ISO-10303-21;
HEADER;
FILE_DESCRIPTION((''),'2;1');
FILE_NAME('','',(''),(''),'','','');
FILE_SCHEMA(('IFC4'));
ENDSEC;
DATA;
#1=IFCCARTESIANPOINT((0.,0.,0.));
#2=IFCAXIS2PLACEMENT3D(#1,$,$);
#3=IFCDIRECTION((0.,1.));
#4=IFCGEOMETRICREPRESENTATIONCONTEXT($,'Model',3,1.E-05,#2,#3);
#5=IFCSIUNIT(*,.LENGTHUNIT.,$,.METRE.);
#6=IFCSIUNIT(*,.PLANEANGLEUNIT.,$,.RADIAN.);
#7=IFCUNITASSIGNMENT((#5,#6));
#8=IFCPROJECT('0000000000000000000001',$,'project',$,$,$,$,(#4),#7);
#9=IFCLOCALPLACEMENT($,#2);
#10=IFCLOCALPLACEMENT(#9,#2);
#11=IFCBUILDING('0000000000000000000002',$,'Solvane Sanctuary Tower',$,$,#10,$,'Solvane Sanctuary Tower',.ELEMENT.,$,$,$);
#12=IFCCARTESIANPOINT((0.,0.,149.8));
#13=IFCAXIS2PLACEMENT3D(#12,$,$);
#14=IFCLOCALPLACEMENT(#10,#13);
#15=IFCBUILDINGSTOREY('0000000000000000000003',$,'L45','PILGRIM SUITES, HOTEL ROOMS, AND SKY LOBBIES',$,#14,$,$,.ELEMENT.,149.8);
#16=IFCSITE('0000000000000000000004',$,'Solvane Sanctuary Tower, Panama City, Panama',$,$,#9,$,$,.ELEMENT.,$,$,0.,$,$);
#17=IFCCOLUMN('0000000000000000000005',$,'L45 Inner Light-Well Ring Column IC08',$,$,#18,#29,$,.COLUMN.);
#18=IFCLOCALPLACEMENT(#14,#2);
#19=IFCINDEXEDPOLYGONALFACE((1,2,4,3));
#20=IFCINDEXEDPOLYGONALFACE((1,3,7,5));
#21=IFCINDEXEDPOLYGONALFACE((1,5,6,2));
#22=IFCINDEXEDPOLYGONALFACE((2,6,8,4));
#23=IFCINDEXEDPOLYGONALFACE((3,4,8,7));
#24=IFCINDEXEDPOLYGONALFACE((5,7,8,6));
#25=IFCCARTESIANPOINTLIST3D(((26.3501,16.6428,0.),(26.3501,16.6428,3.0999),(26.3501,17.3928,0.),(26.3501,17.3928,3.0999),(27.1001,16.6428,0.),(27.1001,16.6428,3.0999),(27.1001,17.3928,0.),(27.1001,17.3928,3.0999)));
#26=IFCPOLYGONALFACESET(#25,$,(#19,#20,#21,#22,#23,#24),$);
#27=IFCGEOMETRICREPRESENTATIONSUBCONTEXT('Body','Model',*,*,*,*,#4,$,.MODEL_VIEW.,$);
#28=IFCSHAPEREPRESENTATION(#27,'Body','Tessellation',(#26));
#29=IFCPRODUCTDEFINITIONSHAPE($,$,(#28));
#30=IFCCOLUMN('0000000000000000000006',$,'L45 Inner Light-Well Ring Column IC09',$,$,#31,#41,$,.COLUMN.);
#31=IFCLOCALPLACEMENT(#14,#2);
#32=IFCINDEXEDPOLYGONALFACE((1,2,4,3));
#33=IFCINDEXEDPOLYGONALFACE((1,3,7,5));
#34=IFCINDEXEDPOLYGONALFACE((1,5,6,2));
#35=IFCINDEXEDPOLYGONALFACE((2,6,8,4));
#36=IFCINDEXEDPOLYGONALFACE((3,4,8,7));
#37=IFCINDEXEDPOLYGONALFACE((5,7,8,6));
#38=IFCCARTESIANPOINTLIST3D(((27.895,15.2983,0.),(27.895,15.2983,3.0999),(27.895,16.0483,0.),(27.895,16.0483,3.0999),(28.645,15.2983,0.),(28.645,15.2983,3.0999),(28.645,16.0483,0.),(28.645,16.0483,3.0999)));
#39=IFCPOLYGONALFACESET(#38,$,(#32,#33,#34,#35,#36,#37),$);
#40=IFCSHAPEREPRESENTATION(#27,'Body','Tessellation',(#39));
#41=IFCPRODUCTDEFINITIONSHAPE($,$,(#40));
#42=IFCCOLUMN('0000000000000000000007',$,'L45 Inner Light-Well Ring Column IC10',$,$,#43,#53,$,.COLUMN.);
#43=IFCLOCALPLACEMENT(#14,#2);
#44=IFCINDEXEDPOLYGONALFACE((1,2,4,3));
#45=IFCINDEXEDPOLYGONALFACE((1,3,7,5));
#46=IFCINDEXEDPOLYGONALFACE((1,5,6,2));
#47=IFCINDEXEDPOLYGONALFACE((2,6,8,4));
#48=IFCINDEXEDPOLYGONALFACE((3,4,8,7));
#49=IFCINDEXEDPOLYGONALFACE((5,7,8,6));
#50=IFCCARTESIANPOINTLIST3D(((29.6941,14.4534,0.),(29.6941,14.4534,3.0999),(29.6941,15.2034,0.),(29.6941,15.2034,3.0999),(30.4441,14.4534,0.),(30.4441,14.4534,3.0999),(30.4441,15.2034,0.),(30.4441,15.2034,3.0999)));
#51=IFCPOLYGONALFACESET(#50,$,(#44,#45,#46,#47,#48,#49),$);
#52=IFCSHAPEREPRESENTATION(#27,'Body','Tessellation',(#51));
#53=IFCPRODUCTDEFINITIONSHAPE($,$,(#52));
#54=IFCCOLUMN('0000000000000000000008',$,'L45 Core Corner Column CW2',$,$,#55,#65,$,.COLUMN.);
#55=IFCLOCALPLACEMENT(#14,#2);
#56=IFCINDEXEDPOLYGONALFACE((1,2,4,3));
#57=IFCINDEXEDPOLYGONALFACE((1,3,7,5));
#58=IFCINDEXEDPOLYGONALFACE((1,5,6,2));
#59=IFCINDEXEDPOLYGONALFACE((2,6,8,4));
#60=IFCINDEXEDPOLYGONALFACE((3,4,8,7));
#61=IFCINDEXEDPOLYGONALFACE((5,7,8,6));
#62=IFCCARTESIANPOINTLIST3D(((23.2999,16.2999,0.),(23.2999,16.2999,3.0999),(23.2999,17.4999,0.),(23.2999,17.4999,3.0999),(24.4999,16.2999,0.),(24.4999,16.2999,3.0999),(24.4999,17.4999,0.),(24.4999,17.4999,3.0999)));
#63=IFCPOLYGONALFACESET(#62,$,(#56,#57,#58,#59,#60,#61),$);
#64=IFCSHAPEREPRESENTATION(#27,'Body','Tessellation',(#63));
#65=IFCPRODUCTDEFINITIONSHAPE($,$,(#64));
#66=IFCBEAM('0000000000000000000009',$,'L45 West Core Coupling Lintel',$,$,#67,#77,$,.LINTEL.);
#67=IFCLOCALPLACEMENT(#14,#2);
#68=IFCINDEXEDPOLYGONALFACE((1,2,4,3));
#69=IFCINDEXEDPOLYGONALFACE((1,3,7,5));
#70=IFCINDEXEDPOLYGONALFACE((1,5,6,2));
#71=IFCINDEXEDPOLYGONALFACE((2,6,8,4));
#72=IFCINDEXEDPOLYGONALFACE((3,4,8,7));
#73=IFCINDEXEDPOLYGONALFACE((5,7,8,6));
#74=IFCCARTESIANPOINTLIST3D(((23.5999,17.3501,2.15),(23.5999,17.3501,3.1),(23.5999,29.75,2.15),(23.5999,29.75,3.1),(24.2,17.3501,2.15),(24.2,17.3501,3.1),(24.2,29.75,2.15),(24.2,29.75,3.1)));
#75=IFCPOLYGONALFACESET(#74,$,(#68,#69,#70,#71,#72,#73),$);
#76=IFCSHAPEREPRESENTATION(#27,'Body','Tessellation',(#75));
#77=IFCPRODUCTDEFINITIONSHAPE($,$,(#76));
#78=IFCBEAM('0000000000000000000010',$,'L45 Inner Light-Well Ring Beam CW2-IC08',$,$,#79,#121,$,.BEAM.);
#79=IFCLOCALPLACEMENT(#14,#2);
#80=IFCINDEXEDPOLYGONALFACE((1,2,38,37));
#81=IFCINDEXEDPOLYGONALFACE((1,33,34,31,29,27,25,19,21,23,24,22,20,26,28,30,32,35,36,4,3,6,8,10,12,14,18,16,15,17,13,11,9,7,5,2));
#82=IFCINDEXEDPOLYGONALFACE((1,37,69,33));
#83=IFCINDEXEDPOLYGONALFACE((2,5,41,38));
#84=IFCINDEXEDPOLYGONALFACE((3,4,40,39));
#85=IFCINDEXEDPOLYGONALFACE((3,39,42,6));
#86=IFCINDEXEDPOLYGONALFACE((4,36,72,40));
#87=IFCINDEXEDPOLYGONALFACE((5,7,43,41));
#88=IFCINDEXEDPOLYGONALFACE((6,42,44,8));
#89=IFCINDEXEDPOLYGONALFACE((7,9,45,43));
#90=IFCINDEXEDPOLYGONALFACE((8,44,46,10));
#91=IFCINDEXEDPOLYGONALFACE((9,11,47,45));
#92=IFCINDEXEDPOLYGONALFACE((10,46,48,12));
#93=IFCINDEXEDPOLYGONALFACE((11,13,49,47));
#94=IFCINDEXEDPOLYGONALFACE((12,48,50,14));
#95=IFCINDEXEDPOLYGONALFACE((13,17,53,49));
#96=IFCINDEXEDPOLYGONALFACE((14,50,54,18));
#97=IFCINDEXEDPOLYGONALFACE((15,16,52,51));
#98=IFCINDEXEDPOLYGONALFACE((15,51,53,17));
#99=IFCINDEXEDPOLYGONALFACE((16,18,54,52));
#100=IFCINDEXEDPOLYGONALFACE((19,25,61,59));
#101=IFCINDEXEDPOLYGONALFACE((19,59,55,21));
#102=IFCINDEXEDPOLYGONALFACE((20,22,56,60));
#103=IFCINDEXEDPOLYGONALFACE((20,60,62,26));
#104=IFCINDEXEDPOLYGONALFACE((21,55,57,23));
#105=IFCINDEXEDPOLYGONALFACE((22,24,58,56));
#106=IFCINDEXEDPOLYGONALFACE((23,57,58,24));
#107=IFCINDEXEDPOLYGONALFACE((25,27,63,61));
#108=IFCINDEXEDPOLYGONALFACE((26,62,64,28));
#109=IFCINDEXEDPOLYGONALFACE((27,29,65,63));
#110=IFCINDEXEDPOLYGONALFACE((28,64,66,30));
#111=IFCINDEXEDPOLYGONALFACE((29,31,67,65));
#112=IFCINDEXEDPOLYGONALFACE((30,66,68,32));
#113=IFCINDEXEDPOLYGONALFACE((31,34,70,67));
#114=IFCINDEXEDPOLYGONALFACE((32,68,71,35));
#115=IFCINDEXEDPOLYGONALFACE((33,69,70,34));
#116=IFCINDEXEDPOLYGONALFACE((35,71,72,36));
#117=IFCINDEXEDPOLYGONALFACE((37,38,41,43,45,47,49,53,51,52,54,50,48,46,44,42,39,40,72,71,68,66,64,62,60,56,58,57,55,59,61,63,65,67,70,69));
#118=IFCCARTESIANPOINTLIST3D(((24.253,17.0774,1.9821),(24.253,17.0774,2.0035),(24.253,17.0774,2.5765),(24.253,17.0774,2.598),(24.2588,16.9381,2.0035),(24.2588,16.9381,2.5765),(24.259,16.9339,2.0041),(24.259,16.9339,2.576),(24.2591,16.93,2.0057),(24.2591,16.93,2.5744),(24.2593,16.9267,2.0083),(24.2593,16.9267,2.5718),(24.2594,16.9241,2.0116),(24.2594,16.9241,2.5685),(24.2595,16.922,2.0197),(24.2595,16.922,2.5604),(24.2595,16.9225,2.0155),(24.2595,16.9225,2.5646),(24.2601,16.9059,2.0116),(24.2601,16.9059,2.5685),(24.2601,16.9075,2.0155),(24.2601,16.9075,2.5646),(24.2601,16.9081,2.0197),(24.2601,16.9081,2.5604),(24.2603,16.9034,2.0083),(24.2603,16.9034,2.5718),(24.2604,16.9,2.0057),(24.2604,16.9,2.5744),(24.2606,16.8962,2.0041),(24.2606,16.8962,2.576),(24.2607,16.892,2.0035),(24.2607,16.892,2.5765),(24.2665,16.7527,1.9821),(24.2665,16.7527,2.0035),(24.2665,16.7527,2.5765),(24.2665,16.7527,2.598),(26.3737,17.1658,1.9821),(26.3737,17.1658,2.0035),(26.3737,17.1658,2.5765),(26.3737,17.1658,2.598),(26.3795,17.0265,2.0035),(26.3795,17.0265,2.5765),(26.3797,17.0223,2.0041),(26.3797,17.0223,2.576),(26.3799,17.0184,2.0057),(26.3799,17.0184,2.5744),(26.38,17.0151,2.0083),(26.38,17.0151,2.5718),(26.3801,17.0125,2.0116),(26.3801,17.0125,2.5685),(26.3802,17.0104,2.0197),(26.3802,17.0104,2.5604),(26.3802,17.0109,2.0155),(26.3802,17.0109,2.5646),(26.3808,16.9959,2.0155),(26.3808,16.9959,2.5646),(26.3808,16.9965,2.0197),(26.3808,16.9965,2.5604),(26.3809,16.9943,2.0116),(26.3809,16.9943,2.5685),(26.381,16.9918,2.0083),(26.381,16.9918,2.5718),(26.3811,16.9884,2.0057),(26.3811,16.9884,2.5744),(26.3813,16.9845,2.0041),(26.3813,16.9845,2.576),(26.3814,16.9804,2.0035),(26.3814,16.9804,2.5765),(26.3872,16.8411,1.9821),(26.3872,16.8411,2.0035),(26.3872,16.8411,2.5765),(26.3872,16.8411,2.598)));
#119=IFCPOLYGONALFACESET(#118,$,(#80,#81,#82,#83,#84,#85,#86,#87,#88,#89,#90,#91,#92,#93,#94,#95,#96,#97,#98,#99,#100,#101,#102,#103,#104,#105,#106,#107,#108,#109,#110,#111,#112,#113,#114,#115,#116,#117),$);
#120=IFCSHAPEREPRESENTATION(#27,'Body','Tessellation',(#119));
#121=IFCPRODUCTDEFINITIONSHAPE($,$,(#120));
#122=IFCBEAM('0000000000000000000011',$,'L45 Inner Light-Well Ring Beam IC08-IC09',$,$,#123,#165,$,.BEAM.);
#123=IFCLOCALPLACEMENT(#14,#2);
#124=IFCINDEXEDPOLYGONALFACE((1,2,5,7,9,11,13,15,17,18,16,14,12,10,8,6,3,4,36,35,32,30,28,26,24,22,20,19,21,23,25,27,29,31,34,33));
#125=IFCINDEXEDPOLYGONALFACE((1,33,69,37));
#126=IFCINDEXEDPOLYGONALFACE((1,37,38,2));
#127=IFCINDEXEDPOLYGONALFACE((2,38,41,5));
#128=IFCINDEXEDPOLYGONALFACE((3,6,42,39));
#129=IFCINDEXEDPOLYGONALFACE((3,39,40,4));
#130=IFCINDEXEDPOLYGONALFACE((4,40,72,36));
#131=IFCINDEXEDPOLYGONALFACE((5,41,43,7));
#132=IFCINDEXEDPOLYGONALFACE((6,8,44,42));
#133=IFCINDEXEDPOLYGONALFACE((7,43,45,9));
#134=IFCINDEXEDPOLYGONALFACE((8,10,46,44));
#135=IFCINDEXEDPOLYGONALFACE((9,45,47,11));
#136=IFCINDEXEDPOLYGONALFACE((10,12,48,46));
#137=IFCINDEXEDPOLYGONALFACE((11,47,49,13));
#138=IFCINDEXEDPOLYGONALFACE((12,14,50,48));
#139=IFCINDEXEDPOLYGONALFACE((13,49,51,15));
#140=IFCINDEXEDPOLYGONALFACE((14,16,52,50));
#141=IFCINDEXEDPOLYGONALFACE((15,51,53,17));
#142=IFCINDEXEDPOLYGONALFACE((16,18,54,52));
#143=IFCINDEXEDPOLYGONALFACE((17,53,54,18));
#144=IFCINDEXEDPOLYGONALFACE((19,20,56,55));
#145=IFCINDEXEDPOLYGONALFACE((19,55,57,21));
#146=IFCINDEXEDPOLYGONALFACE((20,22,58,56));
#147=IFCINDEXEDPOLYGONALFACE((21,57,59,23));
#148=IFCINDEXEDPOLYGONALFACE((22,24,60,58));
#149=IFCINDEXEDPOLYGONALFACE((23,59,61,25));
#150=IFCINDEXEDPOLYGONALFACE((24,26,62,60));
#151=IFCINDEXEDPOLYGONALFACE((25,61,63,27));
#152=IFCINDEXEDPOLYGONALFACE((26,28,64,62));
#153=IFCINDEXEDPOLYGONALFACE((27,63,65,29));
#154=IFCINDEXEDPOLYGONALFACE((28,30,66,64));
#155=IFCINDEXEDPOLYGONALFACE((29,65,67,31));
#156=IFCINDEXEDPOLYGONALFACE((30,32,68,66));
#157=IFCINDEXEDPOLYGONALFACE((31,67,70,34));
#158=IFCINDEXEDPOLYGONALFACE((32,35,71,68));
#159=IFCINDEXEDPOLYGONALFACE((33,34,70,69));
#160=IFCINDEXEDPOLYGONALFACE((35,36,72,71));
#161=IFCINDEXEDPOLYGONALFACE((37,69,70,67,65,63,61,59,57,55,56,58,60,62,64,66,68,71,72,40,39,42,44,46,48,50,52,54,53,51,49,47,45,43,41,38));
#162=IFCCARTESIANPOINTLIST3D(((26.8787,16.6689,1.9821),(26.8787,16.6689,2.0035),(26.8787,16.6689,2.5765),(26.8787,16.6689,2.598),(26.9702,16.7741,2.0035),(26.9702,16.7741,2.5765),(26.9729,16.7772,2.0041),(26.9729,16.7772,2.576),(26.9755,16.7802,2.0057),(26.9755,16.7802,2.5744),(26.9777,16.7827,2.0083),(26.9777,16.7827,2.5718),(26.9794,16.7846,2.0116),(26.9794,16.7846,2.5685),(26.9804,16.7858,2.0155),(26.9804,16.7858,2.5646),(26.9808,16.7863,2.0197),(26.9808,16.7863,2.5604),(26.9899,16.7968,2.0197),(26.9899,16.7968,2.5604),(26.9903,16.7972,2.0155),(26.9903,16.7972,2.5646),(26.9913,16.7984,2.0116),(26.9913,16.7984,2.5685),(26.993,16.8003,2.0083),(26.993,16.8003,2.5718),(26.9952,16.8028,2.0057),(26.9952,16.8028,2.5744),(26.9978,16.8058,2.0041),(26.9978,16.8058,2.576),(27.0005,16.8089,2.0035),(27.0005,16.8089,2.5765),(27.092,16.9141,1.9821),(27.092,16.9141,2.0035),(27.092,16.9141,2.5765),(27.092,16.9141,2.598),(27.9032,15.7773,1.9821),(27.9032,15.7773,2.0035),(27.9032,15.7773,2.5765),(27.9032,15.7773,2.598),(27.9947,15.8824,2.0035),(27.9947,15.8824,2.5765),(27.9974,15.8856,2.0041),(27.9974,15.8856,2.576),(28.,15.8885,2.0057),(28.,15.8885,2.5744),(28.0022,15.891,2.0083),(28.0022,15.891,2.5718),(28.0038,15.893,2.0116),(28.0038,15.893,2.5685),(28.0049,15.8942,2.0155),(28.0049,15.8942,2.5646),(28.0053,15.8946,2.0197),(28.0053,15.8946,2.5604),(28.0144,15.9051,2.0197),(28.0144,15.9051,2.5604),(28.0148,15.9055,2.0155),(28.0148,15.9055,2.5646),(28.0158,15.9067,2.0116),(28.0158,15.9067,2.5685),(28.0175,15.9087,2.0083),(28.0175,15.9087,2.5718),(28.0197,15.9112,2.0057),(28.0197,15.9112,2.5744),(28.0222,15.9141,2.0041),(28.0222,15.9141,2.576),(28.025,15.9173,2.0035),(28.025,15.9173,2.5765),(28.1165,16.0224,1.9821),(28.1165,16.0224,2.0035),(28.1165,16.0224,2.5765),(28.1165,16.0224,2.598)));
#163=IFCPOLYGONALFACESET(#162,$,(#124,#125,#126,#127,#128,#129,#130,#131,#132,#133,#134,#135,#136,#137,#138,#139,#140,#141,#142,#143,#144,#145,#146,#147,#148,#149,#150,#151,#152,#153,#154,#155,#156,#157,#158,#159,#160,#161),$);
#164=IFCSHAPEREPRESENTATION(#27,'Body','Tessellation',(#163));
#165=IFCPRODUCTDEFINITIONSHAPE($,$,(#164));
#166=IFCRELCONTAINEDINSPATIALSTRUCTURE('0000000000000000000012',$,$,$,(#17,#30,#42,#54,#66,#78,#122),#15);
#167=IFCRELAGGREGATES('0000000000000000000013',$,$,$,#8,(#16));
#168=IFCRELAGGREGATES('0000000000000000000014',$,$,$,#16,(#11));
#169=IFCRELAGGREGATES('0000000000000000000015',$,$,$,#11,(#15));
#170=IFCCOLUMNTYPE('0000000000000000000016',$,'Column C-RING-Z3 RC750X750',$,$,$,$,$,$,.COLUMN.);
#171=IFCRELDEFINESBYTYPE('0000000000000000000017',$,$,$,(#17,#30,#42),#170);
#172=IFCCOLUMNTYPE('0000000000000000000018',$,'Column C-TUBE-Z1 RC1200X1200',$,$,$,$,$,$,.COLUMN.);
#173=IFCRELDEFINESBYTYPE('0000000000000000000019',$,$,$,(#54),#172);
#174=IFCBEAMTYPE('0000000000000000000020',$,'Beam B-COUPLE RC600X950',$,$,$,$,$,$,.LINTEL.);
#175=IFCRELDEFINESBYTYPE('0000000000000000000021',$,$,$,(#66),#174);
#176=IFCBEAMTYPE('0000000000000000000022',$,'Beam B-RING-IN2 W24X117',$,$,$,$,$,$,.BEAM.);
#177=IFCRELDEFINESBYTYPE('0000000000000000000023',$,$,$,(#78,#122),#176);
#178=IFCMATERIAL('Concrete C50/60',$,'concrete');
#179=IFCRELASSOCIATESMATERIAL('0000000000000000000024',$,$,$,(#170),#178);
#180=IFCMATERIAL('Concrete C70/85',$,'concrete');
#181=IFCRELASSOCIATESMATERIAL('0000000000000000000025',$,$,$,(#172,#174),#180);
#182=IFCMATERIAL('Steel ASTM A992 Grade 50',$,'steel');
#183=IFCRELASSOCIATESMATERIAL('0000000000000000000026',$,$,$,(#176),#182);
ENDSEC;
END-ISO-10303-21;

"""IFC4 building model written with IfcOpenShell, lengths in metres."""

from ifc_helpers import new_model, si_unit, direction, frame, origin, origin_2d, place, context, subcontext, project, spatial, rectangle, i_section, extrude, material, material_profile, profile_set, type_object, element, save


model = new_model("IFC4")

# Units and contexts
model_context = context("Model", 3, precision=1e-05, world=origin(), true_north=direction((0.0, 1.0)))
body_context = subcontext(model_context, "Body", "Model", "MODEL_VIEW")
ifc_project = project(units=[si_unit("LENGTHUNIT", "METRE"), si_unit("PLANEANGLEUNIT", "RADIAN")], contexts=[model_context])

# Site, building, storey
site_placement = place(None, origin())
site = spatial("IfcSite", under=ifc_project, at=site_placement, Name="Solvane Sanctuary Tower, Panama City, Panama", CompositionType="ELEMENT", RefElevation=0.0)
building_placement = place(site_placement, origin())
building = spatial("IfcBuilding", under=site, at=building_placement, Name="Solvane Sanctuary Tower", LongName="Solvane Sanctuary Tower", CompositionType="ELEMENT")
storey_placement = place(building_placement, frame((0.0, 0.0, 149.8)))
storey = spatial("IfcBuildingStorey", under=building, at=storey_placement, Name="L45", Description="PILGRIM SUITES, HOTEL ROOMS, AND SKY LOBBIES", CompositionType="ELEMENT", Elevation=149.8)

# Columns
ifc_material_1 = material(Name="Concrete C50/60", Category="concrete")
ifc_material_profile_1 = material_profile(ifc_material_1, rectangle(XDim=0.75, YDim=0.75, at=origin_2d()), Name="RC750X750")
ifc_profile_set_1 = profile_set([ifc_material_profile_1], Name="Concrete C50/60")
column_type_1 = type_object("IfcColumnType", Name="Column C-RING-Z3 RC750X750", PredefinedType="COLUMN", material=ifc_profile_set_1)
for number, where, z_axis, x_axis, name in (
    (1, (26.7251, 17.0178, 0.0), (0.0, 0.0, 1.0), (1.0, 0.0, 0.0), "L45 Inner Light-Well Ring Column IC08"),
    (2, (28.27, 15.6733, 0.0), (0.0, 0.0, 1.0), (1.0, 0.0, 0.0), "L45 Inner Light-Well Ring Column IC09"),
    (3, (30.0691, 14.8284, 0.0), (0.0, 0.0, 1.0), (1.0, 0.0, 0.0), "L45 Inner Light-Well Ring Column IC10"),
):
    element("IfcColumn", number, at=place(storey_placement, frame(where, z_axis=z_axis, x_axis=x_axis)), inside=storey, type_object=column_type_1, Name=name, PredefinedType="COLUMN", context=body_context, shape_type="SweptSolid", body=[
        extrude(rectangle(XDim=0.75, YDim=0.75, at=origin_2d()), origin(), (0.0, 0.0, 1.0), 3.0999),
    ])
ifc_material_2 = material(Name="Concrete C70/85", Category="concrete")
ifc_material_profile_2 = material_profile(ifc_material_2, rectangle(XDim=1.2, YDim=1.2, at=origin_2d()), Name="RC1200X1200")
ifc_profile_set_2 = profile_set([ifc_material_profile_2], Name="Concrete C70/85")
column_type_2 = type_object("IfcColumnType", Name="Column C-TUBE-Z1 RC1200X1200", PredefinedType="COLUMN", material=ifc_profile_set_2)
column_placement = place(storey_placement, frame((23.8999, 16.8999, 0.0), z_axis=(0.0, 0.0, 1.0), x_axis=(1.0, 0.0, 0.0)))
element("IfcColumn", 4, at=column_placement, inside=storey, type_object=column_type_2, Name="L45 Core Corner Column CW2", PredefinedType="COLUMN", context=body_context, shape_type="SweptSolid", body=[
    extrude(rectangle(XDim=1.2, YDim=1.2, at=origin_2d()), origin(), (0.0, 0.0, 1.0), 3.0999),
])

# Beams
ifc_material_profile_3 = material_profile(ifc_material_2, rectangle(XDim=0.6001, YDim=0.95, at=origin_2d()), Name="RC600X950")
ifc_profile_set_3 = profile_set([ifc_material_profile_3], Name="Concrete C70/85")
beam_type_1 = type_object("IfcBeamType", Name="Beam B-COUPLE RC600X950", PredefinedType="LINTEL", material=ifc_profile_set_3)
beam_1_placement = place(storey_placement, frame((23.8999, 17.3501, 2.625), z_axis=(0.0, 1.0, 0.0), x_axis=(-1.0, 0.0, 0.0)))
element("IfcBeam", 5, at=beam_1_placement, inside=storey, type_object=beam_type_1, Name="L45 West Core Coupling Lintel", PredefinedType="LINTEL", context=body_context, shape_type="SweptSolid", body=[
    extrude(rectangle(XDim=0.6001, YDim=0.95, at=origin_2d()), origin(), (0.0, 0.0, 1.0), 12.3999),
])
ifc_material_3 = material(Name="Steel ASTM A992 Grade 50", Category="steel")
ifc_material_profile_4 = material_profile(ifc_material_3, i_section(OverallWidth=0.325, OverallDepth=0.616, WebThickness=0.0139, FlangeThickness=0.0215, FilletRadius=0.0161, at=origin_2d()), Name="W24X117")
ifc_profile_set_4 = profile_set([ifc_material_profile_4], Name="Steel ASTM A992 Grade 50")
beam_type_2 = type_object("IfcBeamType", Name="Beam B-RING-IN2 W24X117", PredefinedType="BEAM", material=ifc_profile_set_4)
beam_2_placement = place(storey_placement, frame((24.2598, 16.915, 2.29), z_axis=(0.999133, 0.04164, 0.0), x_axis=(-0.04164, 0.999133, 0.0)))
element("IfcBeam", 6, at=beam_2_placement, inside=storey, type_object=beam_type_2, Name="L45 Inner Light-Well Ring Beam CW2-IC08", PredefinedType="BEAM", context=body_context, shape_type="SweptSolid", body=[
    extrude(i_section(OverallWidth=0.325, OverallDepth=0.616, WebThickness=0.0139, FlangeThickness=0.0215, FilletRadius=0.0161, at=origin_2d()), origin(), (0.0, 0.0, 1.0), 2.1226),
])
beam_3_placement = place(storey_placement, frame((26.9854, 16.7915, 2.29), z_axis=(0.754311, -0.656517, 0.0), x_axis=(0.656517, 0.754311, 0.0)))
element("IfcBeam", 7, at=beam_3_placement, inside=storey, type_object=beam_type_2, Name="L45 Inner Light-Well Ring Beam IC08-IC09", PredefinedType="BEAM", context=body_context, shape_type="SweptSolid", body=[
    extrude(i_section(OverallWidth=0.325, OverallDepth=0.616, WebThickness=0.0139, FlangeThickness=0.0215, FilletRadius=0.0161, at=origin_2d()), origin(), (0.0, 0.0, 1.0), 1.3582),
])

save(model, "model.ifc")
